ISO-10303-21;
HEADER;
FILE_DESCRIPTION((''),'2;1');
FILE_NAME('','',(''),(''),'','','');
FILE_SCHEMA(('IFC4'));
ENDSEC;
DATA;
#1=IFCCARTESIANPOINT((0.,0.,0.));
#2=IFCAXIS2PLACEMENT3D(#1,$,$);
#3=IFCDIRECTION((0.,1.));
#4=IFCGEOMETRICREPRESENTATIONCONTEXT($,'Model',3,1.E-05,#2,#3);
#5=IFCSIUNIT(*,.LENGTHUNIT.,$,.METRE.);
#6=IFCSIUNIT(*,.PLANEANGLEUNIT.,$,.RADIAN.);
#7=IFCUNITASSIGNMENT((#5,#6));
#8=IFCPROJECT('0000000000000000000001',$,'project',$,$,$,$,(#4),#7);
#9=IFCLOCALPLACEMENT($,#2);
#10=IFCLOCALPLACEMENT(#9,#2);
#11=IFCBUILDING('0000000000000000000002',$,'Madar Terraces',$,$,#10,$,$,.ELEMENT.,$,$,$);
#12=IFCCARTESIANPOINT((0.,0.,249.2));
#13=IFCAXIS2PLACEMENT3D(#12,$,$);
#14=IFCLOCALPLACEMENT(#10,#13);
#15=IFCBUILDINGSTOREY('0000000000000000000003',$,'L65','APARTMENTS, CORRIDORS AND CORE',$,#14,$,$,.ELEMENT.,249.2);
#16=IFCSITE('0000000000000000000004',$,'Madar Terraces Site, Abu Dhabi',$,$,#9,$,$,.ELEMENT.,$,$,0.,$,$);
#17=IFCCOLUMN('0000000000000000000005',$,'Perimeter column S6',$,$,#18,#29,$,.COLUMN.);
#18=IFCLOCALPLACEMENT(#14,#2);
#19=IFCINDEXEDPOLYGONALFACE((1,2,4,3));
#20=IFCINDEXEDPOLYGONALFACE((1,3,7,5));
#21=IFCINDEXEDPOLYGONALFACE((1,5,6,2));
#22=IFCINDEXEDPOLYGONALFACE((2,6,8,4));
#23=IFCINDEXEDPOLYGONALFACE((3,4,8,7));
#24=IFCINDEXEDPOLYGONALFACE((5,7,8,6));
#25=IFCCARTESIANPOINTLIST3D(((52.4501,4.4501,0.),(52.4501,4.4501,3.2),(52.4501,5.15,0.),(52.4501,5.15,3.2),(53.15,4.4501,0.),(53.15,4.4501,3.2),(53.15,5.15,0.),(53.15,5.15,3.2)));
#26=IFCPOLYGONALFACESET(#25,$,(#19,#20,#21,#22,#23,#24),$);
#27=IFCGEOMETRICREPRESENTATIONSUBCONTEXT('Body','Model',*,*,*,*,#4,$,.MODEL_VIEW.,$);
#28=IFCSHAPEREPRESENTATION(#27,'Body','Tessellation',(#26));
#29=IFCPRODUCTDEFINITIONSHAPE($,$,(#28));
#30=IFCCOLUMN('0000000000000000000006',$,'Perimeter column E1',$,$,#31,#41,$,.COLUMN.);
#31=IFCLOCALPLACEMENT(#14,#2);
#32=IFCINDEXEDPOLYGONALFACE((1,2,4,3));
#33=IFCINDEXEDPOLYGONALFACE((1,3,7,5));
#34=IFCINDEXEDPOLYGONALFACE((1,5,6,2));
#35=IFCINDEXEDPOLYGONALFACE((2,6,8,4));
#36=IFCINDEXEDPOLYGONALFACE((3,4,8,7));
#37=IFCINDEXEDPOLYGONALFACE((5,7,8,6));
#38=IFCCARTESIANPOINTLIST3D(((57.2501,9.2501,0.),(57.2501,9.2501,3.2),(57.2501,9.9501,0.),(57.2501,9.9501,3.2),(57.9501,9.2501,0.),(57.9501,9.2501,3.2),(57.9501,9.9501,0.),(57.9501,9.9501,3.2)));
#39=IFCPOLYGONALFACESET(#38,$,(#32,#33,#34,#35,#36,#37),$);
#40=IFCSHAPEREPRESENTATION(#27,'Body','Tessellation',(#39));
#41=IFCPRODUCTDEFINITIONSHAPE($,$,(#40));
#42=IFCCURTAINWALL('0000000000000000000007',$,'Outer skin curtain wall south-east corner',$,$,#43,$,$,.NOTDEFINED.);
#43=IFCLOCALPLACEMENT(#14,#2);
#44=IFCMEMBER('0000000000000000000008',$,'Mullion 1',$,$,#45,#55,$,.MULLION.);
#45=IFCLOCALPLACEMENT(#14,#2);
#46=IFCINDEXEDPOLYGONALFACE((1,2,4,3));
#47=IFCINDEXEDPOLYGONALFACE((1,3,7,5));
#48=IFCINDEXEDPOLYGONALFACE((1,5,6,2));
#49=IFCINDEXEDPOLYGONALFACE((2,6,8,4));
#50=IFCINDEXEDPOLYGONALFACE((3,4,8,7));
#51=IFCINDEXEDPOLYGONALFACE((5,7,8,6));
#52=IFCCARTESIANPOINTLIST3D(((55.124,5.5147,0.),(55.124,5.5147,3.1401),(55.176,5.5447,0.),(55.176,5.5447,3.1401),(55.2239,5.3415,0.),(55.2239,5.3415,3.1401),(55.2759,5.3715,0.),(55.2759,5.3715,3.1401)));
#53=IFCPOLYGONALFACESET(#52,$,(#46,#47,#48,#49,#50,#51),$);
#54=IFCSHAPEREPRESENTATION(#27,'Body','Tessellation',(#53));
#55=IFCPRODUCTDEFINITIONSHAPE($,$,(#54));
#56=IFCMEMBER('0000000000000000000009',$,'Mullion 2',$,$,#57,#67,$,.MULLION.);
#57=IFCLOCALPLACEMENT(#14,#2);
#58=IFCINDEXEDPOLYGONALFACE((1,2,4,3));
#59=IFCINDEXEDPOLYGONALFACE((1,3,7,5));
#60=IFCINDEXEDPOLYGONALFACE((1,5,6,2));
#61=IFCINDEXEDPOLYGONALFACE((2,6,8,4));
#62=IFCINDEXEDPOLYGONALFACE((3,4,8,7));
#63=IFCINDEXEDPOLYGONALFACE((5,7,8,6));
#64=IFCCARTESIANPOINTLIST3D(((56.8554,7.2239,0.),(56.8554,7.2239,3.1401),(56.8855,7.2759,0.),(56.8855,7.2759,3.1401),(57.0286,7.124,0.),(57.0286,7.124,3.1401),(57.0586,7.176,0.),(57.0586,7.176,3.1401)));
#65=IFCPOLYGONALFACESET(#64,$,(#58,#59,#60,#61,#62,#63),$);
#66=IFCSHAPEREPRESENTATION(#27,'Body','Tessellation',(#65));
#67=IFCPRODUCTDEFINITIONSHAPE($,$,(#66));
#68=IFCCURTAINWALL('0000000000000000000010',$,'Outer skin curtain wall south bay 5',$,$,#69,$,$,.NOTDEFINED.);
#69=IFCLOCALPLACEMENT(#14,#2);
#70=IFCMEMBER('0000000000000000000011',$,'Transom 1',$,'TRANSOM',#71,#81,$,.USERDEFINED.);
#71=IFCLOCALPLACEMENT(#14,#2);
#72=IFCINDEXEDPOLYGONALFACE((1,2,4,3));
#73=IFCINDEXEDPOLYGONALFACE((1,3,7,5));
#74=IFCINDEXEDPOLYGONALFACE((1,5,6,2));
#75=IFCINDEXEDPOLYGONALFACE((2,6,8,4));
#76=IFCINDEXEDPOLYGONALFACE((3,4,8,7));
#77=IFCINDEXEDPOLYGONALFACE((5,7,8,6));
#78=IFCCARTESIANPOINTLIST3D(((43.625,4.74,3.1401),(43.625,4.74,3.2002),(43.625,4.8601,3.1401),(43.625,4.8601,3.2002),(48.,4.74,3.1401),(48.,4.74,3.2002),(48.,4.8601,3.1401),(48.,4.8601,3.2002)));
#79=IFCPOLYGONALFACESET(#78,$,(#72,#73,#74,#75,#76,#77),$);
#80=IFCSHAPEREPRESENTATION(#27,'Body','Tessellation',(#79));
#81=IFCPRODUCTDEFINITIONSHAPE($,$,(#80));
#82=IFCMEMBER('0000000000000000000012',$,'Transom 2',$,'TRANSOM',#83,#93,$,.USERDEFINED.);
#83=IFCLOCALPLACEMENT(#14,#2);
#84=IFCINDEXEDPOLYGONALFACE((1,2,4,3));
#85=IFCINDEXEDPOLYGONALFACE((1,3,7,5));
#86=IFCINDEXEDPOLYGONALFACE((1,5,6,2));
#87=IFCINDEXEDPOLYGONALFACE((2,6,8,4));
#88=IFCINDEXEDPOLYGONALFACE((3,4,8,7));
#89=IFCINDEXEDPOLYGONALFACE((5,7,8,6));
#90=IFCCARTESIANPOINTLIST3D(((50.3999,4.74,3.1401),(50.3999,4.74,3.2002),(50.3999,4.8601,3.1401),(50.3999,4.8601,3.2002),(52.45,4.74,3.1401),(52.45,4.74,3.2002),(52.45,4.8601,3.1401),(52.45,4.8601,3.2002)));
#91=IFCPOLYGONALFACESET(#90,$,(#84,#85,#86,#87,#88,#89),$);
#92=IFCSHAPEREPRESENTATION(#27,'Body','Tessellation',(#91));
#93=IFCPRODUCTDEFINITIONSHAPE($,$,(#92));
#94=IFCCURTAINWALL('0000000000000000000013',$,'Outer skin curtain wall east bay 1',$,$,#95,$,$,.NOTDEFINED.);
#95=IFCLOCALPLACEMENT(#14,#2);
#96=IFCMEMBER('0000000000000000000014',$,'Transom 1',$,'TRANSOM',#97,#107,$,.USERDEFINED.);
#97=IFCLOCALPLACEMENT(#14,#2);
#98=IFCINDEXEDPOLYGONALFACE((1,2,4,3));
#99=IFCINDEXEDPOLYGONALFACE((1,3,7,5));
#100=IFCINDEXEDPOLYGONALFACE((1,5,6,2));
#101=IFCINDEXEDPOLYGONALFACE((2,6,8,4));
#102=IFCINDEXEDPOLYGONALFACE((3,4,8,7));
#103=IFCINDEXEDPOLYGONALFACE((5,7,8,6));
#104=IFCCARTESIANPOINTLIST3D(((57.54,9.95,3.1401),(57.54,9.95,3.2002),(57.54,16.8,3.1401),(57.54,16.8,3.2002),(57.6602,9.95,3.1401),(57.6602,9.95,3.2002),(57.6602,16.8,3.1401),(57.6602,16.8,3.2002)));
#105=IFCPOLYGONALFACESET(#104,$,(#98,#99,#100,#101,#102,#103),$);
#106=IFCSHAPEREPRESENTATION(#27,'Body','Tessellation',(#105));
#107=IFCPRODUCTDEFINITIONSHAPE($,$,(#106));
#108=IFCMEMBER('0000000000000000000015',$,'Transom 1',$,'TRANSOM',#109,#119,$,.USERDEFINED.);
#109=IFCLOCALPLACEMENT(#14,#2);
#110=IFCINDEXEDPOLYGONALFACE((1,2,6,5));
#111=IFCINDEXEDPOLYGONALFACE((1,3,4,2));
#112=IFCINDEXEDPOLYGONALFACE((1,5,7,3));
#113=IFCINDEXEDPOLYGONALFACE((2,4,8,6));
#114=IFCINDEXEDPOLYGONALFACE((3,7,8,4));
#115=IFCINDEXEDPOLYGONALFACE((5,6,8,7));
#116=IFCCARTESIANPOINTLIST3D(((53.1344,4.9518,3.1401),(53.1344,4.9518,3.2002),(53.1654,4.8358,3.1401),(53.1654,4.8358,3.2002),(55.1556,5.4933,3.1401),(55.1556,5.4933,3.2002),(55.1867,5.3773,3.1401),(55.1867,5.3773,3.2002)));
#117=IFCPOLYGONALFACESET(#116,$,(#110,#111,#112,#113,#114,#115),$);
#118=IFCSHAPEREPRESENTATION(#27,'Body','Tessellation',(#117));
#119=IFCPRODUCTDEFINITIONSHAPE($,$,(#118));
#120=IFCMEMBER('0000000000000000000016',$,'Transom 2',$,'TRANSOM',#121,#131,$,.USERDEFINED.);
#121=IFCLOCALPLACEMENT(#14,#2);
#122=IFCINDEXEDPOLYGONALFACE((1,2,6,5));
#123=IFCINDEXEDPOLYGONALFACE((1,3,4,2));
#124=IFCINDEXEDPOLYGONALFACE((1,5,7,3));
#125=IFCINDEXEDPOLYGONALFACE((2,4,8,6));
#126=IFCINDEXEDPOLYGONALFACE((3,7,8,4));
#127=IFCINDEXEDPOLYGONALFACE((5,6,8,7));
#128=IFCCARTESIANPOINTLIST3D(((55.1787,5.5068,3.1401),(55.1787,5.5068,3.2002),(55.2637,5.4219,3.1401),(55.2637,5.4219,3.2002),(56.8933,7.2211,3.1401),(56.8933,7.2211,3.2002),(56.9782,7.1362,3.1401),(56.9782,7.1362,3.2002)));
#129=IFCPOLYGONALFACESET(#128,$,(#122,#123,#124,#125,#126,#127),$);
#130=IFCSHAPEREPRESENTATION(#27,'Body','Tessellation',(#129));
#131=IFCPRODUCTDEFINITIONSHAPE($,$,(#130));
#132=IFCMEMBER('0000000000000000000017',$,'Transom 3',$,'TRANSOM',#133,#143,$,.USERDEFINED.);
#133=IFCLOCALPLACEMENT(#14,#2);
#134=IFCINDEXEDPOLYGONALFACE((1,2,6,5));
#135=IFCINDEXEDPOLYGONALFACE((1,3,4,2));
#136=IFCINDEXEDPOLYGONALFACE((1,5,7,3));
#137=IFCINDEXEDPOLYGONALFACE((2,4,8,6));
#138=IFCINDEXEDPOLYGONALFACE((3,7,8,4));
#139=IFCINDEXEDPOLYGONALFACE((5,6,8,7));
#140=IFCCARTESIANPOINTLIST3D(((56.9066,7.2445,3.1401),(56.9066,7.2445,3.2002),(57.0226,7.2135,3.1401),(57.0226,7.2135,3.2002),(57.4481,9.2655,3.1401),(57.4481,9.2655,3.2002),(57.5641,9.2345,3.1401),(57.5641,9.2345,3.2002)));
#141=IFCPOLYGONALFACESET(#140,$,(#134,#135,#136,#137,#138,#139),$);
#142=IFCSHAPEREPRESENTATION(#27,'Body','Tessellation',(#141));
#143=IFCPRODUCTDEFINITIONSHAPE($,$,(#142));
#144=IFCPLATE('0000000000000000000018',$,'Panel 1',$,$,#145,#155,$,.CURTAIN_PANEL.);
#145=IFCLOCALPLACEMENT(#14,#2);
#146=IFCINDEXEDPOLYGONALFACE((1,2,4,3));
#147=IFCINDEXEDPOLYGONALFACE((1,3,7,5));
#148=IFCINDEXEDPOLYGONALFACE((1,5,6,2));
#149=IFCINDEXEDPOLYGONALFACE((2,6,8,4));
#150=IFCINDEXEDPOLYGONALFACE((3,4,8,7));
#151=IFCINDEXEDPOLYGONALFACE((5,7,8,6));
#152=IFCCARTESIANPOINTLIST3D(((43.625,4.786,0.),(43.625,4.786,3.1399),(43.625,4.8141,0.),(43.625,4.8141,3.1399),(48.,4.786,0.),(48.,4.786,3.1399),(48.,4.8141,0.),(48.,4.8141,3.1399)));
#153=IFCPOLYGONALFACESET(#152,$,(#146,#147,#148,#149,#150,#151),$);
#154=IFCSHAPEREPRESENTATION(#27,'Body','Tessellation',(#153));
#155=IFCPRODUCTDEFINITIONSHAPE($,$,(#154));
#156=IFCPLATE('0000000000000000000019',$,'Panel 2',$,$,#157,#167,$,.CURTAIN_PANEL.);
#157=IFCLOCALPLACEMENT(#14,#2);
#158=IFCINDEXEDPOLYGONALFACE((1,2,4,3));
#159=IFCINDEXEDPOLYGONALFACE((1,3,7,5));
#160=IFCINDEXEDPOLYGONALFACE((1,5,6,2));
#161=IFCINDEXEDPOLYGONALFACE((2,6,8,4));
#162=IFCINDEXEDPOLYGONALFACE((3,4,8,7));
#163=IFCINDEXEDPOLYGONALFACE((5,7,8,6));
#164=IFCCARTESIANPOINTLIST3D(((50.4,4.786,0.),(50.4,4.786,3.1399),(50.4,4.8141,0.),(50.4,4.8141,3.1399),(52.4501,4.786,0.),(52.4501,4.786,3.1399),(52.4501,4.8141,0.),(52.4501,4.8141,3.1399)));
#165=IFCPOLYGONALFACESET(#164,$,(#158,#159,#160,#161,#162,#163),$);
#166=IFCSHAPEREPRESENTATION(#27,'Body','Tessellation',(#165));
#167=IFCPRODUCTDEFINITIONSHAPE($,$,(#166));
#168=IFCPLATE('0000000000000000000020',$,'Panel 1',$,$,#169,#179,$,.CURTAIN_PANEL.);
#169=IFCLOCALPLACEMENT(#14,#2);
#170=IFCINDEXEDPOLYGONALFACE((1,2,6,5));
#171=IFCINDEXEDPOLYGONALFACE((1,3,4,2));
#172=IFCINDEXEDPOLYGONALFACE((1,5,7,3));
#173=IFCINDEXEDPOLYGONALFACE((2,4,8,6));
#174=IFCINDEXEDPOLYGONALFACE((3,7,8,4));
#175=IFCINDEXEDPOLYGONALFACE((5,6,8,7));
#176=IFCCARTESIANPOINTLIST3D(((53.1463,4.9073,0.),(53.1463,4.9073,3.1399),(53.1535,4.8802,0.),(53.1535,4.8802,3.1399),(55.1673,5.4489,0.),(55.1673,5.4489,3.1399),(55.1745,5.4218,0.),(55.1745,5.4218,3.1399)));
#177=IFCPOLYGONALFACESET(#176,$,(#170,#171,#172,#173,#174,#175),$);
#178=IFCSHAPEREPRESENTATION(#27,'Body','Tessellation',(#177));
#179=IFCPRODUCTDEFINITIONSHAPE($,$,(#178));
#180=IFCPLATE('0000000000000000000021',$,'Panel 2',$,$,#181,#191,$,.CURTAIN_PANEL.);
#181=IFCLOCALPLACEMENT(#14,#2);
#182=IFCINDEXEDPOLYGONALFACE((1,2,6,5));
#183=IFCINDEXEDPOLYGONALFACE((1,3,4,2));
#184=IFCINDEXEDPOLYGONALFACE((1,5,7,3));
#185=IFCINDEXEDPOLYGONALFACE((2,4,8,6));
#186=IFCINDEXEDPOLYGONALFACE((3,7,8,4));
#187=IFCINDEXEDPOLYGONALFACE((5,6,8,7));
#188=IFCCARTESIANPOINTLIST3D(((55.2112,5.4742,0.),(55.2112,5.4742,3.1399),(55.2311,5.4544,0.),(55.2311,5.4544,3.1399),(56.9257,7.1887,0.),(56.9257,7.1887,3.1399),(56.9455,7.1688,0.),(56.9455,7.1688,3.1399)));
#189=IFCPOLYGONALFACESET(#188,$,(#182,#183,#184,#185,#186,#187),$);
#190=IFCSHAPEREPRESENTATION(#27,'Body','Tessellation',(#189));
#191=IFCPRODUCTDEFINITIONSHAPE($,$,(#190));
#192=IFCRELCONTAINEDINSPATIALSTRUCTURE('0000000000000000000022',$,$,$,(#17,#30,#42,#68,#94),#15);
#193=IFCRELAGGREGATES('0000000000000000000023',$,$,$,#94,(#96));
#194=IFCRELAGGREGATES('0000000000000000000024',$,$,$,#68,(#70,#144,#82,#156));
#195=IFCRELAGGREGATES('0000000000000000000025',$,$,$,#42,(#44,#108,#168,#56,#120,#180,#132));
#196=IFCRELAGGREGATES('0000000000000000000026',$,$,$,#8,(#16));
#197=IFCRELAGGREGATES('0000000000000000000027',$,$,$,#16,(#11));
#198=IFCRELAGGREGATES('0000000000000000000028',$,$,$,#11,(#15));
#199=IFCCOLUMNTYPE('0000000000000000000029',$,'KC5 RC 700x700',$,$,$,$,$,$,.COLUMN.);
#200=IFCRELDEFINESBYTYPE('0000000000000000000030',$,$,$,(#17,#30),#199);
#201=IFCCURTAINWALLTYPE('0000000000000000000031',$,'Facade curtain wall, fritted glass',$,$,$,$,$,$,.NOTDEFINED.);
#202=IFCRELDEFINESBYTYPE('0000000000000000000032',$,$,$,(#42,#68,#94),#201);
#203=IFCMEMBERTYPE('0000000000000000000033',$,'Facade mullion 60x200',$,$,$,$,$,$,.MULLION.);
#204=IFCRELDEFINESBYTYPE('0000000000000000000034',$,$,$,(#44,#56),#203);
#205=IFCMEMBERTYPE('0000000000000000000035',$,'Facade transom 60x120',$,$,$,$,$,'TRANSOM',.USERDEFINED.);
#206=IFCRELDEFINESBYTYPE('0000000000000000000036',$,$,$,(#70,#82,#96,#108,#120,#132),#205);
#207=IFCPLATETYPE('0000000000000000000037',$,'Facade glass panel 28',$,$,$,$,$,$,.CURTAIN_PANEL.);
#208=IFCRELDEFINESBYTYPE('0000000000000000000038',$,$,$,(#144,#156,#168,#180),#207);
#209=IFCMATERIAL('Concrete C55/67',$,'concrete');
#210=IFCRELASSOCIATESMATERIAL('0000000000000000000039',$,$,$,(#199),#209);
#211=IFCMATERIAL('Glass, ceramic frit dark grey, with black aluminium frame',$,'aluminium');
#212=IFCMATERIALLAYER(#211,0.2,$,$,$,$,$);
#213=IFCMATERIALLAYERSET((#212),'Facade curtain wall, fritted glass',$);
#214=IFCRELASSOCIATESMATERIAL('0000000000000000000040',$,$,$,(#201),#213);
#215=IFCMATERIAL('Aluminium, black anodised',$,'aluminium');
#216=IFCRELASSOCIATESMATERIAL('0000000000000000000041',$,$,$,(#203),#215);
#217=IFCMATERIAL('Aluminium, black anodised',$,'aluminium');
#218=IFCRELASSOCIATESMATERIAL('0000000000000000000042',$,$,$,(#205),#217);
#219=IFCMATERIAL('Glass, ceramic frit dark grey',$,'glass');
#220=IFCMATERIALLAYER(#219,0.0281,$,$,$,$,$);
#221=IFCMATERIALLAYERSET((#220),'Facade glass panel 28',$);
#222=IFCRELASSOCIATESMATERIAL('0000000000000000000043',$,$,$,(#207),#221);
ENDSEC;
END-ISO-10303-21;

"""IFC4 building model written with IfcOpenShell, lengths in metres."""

from ifc_helpers import new_model, si_unit, direction, frame, origin, origin_2d, place, context, subcontext, project, spatial, rectangle, extrude, material, layer, layer_set, material_profile, profile_set, type_object, element, aggregate, save


model = new_model("IFC4")

# Units and contexts
model_context = context("Model", 3, precision=1e-05, world=origin(), true_north=direction((0.0, 1.0)))
body_context = subcontext(model_context, "Body", "Model", "MODEL_VIEW")
ifc_project = project(units=[si_unit("LENGTHUNIT", "METRE"), si_unit("PLANEANGLEUNIT", "RADIAN")], contexts=[model_context])

# Site, building, storey
site_placement = place(None, origin())
site = spatial("IfcSite", under=ifc_project, at=site_placement, Name="Madar Terraces Site, Abu Dhabi", CompositionType="ELEMENT", RefElevation=0.0)
building_placement = place(site_placement, origin())
building = spatial("IfcBuilding", under=site, at=building_placement, Name="Madar Terraces", CompositionType="ELEMENT")
storey_placement = place(building_placement, frame((0.0, 0.0, 249.2)))
storey = spatial("IfcBuildingStorey", under=building, at=storey_placement, Name="L65", Description="APARTMENTS, CORRIDORS AND CORE", CompositionType="ELEMENT", Elevation=249.2)

# Columns
ifc_material_1 = material(Name="Concrete C55/67", Category="concrete")
ifc_material_profile_1 = material_profile(ifc_material_1, rectangle(XDim=0.7, YDim=0.7, at=origin_2d()), Name="KC5 RC 700x700")
ifc_profile_set_1 = profile_set([ifc_material_profile_1], Name="Concrete C55/67")
column_type = type_object("IfcColumnType", Name="KC5 RC 700x700", PredefinedType="COLUMN", material=ifc_profile_set_1)
for number, where, z_axis, x_axis, name in (
    (1, (52.8, 4.8, 0.0), (0.0, 0.0, 1.0), (1.0, 0.0, 0.0), "Perimeter column S6"),
    (2, (57.6001, 9.6001, 0.0), (0.0, 0.0, 1.0), (1.0, 0.0, 0.0), "Perimeter column E1"),
):
    element("IfcColumn", number, at=place(storey_placement, frame(where, z_axis=z_axis, x_axis=x_axis)), inside=storey, type_object=column_type, Name=name, PredefinedType="COLUMN", context=body_context, shape_type="SweptSolid", body=[
        extrude(rectangle(XDim=0.7, YDim=0.7, at=origin_2d()), origin(), (0.0, 0.0, 1.0), 3.2),
    ])

# Curtain walls, members
ifc_material_2 = material(Name="Glass, ceramic frit dark grey, with black aluminium frame", Category="aluminium")
ifc_layer_1 = layer(ifc_material_2, 0.2)
ifc_layer_set_1 = layer_set([ifc_layer_1], Name="Facade curtain wall, fritted glass")
curtain_wall_type = type_object("IfcCurtainWallType", Name="Facade curtain wall, fritted glass", PredefinedType="NOTDEFINED", material=ifc_layer_set_1)
curtain_wall_1_placement = place(storey_placement, origin())
curtain_wall_1 = element("IfcCurtainWall", 3, at=curtain_wall_1_placement, inside=storey, type_object=curtain_wall_type, Name="Outer skin curtain wall south-east corner", PredefinedType="NOTDEFINED")
ifc_material_3 = material(Name="Aluminium, black anodised", Category="aluminium")
ifc_material_profile_2 = material_profile(ifc_material_3, rectangle(XDim=0.2, YDim=0.0601, at=origin_2d()), Name="Facade mullion 60x200")
ifc_profile_set_2 = profile_set([ifc_material_profile_2], Name="Aluminium, black anodised")
member_type_1 = type_object("IfcMemberType", Name="Facade mullion 60x200", PredefinedType="MULLION", material=ifc_profile_set_2)
member_1_placement = place(storey_placement, frame((55.2, 5.4431, 0.0), z_axis=(0.0, 0.0, 1.0), x_axis=(-0.5, 0.866025, 0.0)))
member_1 = element("IfcMember", 4, at=member_1_placement, type_object=member_type_1, Name="Mullion 1", PredefinedType="MULLION", context=body_context, shape_type="SweptSolid", body=[
    extrude(rectangle(XDim=0.2, YDim=0.0601, at=origin_2d()), origin(), (0.0, 0.0, 1.0), 3.1401),
])
member_2_placement = place(storey_placement, frame((56.957, 7.2, 0.0), z_axis=(0.0, 0.0, 1.0), x_axis=(-0.866025, 0.5, 0.0)))
member_2 = element("IfcMember", 5, at=member_2_placement, type_object=member_type_1, Name="Mullion 2", PredefinedType="MULLION", context=body_context, shape_type="SweptSolid", body=[
    extrude(rectangle(XDim=0.2, YDim=0.0601, at=origin_2d()), origin(), (0.0, 0.0, 1.0), 3.1401),
])
curtain_wall_2_placement = place(storey_placement, origin())
curtain_wall_2 = element("IfcCurtainWall", 6, at=curtain_wall_2_placement, inside=storey, type_object=curtain_wall_type, Name="Outer skin curtain wall south bay 5", PredefinedType="NOTDEFINED")
ifc_material_4 = material(Name="Aluminium, black anodised", Category="aluminium")
ifc_material_profile_3 = material_profile(ifc_material_4, rectangle(XDim=0.1201, YDim=0.0601, at=origin_2d()), Name="Facade transom 60x120")
ifc_profile_set_3 = profile_set([ifc_material_profile_3], Name="Aluminium, black anodised")
member_type_2 = type_object("IfcMemberType", Name="Facade transom 60x120", ElementType="TRANSOM", PredefinedType="USERDEFINED", material=ifc_profile_set_3)
member_3_placement = place(storey_placement, frame((43.625, 4.8, 3.1702), z_axis=(1.0, 0.0, 0.0), x_axis=(0.0, 1.0, 0.0)))
member_3 = element("IfcMember", 7, at=member_3_placement, type_object=member_type_2, Name="Transom 1", ObjectType="TRANSOM", PredefinedType="USERDEFINED", context=body_context, shape_type="SweptSolid", body=[
    extrude(rectangle(XDim=0.1201, YDim=0.0601, at=origin_2d()), origin(), (0.0, 0.0, 1.0), 4.375),
])
member_4_placement = place(storey_placement, frame((50.3999, 4.8, 3.1702), z_axis=(1.0, 0.0, 0.0), x_axis=(0.0, 1.0, 0.0)))
member_4 = element("IfcMember", 8, at=member_4_placement, type_object=member_type_2, Name="Transom 2", ObjectType="TRANSOM", PredefinedType="USERDEFINED", context=body_context, shape_type="SweptSolid", body=[
    extrude(rectangle(XDim=0.1201, YDim=0.0601, at=origin_2d()), origin(), (0.0, 0.0, 1.0), 2.05),
])

# Curtain wall, member
curtain_wall_3_placement = place(storey_placement, origin())
curtain_wall_3 = element("IfcCurtainWall", 9, at=curtain_wall_3_placement, inside=storey, type_object=curtain_wall_type, Name="Outer skin curtain wall east bay 1", PredefinedType="NOTDEFINED")
member_5_placement = place(storey_placement, frame((57.6001, 9.95, 3.1702), z_axis=(0.0, 1.0, 0.0), x_axis=(-1.0, 0.0, 0.0)))
member_5 = element("IfcMember", 10, at=member_5_placement, type_object=member_type_2, Name="Transom 1", ObjectType="TRANSOM", PredefinedType="USERDEFINED", context=body_context, shape_type="SweptSolid", body=[
    extrude(rectangle(XDim=0.1201, YDim=0.0601, at=origin_2d()), origin(), (0.0, 0.0, 1.0), 6.8501),
])
aggregate(curtain_wall_3, [member_5])

# Members
member_6_placement = place(storey_placement, frame((53.1499, 4.8938, 3.1702), z_axis=(0.965936, 0.258781, 0.0), x_axis=(-0.258781, 0.965936, 0.0)))
member_6 = element("IfcMember", 11, at=member_6_placement, type_object=member_type_2, Name="Transom 1", ObjectType="TRANSOM", PredefinedType="USERDEFINED", context=body_context, shape_type="SweptSolid", body=[
    extrude(rectangle(XDim=0.1201, YDim=0.0601, at=origin_2d()), origin(), (0.0, 0.0, 1.0), 2.0925),
])
member_7_placement = place(storey_placement, frame((55.2212, 5.4644, 3.1702), z_axis=(0.707157, 0.707056, 0.0), x_axis=(-0.707056, 0.707157, 0.0)))
member_7 = element("IfcMember", 12, at=member_7_placement, type_object=member_type_2, Name="Transom 2", ObjectType="TRANSOM", PredefinedType="USERDEFINED", context=body_context, shape_type="SweptSolid", body=[
    extrude(rectangle(XDim=0.1201, YDim=0.0601, at=origin_2d()), origin(), (0.0, 0.0, 1.0), 2.4246),
])
member_8_placement = place(storey_placement, frame((56.9646, 7.229, 3.1702), z_axis=(0.25881, 0.965928, 0.0), x_axis=(-0.965928, 0.25881, 0.0)))
member_8 = element("IfcMember", 13, at=member_8_placement, type_object=member_type_2, Name="Transom 3", ObjectType="TRANSOM", PredefinedType="USERDEFINED", context=body_context, shape_type="SweptSolid", body=[
    extrude(rectangle(XDim=0.1201, YDim=0.0601, at=origin_2d()), origin(), (0.0, 0.0, 1.0), 2.0923),
])

# Plates
ifc_material_5 = material(Name="Glass, ceramic frit dark grey", Category="glass")
ifc_layer_2 = layer(ifc_material_5, 0.0281)
ifc_layer_set_2 = layer_set([ifc_layer_2], Name="Facade glass panel 28")
plate_type = type_object("IfcPlateType", Name="Facade glass panel 28", PredefinedType="CURTAIN_PANEL", material=ifc_layer_set_2)
plate_1_placement = place(storey_placement, frame((45.8125, 4.8, 0.0), z_axis=(0.0, 0.0, 1.0), x_axis=(1.0, 0.0, 0.0)))
plate_1 = element("IfcPlate", 14, at=plate_1_placement, type_object=plate_type, Name="Panel 1", PredefinedType="CURTAIN_PANEL", context=body_context, shape_type="SweptSolid", body=[
    extrude(rectangle(XDim=4.375, YDim=0.0281, at=origin_2d()), origin(), (0.0, 0.0, 1.0), 3.1399),
])
plate_2_placement = place(storey_placement, frame((51.425, 4.8, 0.0), z_axis=(0.0, 0.0, 1.0), x_axis=(1.0, 0.0, 0.0)))
plate_2 = element("IfcPlate", 15, at=plate_2_placement, type_object=plate_type, Name="Panel 2", PredefinedType="CURTAIN_PANEL", context=body_context, shape_type="SweptSolid", body=[
    extrude(rectangle(XDim=2.05, YDim=0.0281, at=origin_2d()), origin(), (0.0, 0.0, 1.0), 3.1399),
])
aggregate(curtain_wall_2, [member_3, plate_1, member_4, plate_2])
plate_3_placement = place(storey_placement, frame((54.1604, 5.1646, 0.0), z_axis=(0.0, 0.0, 1.0), x_axis=(0.965926, 0.258819, 0.0)))
plate_3 = element("IfcPlate", 16, at=plate_3_placement, type_object=plate_type, Name="Panel 1", PredefinedType="CURTAIN_PANEL", context=body_context, shape_type="SweptSolid", body=[
    extrude(rectangle(XDim=2.0923, YDim=0.0281, at=origin_2d()), origin(), (0.0, 0.0, 1.0), 3.1399),
])
plate_4_placement = place(storey_placement, frame((56.0784, 6.3215, 0.0), z_axis=(0.0, 0.0, 1.0), x_axis=(0.707107, 0.707107, 0.0)))
plate_4 = element("IfcPlate", 17, at=plate_4_placement, type_object=plate_type, Name="Panel 2", PredefinedType="CURTAIN_PANEL", context=body_context, shape_type="SweptSolid", body=[
    extrude(rectangle(XDim=2.4246, YDim=0.0281, at=origin_2d()), origin(), (0.0, 0.0, 1.0), 3.1399),
])
aggregate(curtain_wall_1, [member_1, member_6, plate_3, member_2, member_7, plate_4, member_8])

save(model, "model.ifc")
